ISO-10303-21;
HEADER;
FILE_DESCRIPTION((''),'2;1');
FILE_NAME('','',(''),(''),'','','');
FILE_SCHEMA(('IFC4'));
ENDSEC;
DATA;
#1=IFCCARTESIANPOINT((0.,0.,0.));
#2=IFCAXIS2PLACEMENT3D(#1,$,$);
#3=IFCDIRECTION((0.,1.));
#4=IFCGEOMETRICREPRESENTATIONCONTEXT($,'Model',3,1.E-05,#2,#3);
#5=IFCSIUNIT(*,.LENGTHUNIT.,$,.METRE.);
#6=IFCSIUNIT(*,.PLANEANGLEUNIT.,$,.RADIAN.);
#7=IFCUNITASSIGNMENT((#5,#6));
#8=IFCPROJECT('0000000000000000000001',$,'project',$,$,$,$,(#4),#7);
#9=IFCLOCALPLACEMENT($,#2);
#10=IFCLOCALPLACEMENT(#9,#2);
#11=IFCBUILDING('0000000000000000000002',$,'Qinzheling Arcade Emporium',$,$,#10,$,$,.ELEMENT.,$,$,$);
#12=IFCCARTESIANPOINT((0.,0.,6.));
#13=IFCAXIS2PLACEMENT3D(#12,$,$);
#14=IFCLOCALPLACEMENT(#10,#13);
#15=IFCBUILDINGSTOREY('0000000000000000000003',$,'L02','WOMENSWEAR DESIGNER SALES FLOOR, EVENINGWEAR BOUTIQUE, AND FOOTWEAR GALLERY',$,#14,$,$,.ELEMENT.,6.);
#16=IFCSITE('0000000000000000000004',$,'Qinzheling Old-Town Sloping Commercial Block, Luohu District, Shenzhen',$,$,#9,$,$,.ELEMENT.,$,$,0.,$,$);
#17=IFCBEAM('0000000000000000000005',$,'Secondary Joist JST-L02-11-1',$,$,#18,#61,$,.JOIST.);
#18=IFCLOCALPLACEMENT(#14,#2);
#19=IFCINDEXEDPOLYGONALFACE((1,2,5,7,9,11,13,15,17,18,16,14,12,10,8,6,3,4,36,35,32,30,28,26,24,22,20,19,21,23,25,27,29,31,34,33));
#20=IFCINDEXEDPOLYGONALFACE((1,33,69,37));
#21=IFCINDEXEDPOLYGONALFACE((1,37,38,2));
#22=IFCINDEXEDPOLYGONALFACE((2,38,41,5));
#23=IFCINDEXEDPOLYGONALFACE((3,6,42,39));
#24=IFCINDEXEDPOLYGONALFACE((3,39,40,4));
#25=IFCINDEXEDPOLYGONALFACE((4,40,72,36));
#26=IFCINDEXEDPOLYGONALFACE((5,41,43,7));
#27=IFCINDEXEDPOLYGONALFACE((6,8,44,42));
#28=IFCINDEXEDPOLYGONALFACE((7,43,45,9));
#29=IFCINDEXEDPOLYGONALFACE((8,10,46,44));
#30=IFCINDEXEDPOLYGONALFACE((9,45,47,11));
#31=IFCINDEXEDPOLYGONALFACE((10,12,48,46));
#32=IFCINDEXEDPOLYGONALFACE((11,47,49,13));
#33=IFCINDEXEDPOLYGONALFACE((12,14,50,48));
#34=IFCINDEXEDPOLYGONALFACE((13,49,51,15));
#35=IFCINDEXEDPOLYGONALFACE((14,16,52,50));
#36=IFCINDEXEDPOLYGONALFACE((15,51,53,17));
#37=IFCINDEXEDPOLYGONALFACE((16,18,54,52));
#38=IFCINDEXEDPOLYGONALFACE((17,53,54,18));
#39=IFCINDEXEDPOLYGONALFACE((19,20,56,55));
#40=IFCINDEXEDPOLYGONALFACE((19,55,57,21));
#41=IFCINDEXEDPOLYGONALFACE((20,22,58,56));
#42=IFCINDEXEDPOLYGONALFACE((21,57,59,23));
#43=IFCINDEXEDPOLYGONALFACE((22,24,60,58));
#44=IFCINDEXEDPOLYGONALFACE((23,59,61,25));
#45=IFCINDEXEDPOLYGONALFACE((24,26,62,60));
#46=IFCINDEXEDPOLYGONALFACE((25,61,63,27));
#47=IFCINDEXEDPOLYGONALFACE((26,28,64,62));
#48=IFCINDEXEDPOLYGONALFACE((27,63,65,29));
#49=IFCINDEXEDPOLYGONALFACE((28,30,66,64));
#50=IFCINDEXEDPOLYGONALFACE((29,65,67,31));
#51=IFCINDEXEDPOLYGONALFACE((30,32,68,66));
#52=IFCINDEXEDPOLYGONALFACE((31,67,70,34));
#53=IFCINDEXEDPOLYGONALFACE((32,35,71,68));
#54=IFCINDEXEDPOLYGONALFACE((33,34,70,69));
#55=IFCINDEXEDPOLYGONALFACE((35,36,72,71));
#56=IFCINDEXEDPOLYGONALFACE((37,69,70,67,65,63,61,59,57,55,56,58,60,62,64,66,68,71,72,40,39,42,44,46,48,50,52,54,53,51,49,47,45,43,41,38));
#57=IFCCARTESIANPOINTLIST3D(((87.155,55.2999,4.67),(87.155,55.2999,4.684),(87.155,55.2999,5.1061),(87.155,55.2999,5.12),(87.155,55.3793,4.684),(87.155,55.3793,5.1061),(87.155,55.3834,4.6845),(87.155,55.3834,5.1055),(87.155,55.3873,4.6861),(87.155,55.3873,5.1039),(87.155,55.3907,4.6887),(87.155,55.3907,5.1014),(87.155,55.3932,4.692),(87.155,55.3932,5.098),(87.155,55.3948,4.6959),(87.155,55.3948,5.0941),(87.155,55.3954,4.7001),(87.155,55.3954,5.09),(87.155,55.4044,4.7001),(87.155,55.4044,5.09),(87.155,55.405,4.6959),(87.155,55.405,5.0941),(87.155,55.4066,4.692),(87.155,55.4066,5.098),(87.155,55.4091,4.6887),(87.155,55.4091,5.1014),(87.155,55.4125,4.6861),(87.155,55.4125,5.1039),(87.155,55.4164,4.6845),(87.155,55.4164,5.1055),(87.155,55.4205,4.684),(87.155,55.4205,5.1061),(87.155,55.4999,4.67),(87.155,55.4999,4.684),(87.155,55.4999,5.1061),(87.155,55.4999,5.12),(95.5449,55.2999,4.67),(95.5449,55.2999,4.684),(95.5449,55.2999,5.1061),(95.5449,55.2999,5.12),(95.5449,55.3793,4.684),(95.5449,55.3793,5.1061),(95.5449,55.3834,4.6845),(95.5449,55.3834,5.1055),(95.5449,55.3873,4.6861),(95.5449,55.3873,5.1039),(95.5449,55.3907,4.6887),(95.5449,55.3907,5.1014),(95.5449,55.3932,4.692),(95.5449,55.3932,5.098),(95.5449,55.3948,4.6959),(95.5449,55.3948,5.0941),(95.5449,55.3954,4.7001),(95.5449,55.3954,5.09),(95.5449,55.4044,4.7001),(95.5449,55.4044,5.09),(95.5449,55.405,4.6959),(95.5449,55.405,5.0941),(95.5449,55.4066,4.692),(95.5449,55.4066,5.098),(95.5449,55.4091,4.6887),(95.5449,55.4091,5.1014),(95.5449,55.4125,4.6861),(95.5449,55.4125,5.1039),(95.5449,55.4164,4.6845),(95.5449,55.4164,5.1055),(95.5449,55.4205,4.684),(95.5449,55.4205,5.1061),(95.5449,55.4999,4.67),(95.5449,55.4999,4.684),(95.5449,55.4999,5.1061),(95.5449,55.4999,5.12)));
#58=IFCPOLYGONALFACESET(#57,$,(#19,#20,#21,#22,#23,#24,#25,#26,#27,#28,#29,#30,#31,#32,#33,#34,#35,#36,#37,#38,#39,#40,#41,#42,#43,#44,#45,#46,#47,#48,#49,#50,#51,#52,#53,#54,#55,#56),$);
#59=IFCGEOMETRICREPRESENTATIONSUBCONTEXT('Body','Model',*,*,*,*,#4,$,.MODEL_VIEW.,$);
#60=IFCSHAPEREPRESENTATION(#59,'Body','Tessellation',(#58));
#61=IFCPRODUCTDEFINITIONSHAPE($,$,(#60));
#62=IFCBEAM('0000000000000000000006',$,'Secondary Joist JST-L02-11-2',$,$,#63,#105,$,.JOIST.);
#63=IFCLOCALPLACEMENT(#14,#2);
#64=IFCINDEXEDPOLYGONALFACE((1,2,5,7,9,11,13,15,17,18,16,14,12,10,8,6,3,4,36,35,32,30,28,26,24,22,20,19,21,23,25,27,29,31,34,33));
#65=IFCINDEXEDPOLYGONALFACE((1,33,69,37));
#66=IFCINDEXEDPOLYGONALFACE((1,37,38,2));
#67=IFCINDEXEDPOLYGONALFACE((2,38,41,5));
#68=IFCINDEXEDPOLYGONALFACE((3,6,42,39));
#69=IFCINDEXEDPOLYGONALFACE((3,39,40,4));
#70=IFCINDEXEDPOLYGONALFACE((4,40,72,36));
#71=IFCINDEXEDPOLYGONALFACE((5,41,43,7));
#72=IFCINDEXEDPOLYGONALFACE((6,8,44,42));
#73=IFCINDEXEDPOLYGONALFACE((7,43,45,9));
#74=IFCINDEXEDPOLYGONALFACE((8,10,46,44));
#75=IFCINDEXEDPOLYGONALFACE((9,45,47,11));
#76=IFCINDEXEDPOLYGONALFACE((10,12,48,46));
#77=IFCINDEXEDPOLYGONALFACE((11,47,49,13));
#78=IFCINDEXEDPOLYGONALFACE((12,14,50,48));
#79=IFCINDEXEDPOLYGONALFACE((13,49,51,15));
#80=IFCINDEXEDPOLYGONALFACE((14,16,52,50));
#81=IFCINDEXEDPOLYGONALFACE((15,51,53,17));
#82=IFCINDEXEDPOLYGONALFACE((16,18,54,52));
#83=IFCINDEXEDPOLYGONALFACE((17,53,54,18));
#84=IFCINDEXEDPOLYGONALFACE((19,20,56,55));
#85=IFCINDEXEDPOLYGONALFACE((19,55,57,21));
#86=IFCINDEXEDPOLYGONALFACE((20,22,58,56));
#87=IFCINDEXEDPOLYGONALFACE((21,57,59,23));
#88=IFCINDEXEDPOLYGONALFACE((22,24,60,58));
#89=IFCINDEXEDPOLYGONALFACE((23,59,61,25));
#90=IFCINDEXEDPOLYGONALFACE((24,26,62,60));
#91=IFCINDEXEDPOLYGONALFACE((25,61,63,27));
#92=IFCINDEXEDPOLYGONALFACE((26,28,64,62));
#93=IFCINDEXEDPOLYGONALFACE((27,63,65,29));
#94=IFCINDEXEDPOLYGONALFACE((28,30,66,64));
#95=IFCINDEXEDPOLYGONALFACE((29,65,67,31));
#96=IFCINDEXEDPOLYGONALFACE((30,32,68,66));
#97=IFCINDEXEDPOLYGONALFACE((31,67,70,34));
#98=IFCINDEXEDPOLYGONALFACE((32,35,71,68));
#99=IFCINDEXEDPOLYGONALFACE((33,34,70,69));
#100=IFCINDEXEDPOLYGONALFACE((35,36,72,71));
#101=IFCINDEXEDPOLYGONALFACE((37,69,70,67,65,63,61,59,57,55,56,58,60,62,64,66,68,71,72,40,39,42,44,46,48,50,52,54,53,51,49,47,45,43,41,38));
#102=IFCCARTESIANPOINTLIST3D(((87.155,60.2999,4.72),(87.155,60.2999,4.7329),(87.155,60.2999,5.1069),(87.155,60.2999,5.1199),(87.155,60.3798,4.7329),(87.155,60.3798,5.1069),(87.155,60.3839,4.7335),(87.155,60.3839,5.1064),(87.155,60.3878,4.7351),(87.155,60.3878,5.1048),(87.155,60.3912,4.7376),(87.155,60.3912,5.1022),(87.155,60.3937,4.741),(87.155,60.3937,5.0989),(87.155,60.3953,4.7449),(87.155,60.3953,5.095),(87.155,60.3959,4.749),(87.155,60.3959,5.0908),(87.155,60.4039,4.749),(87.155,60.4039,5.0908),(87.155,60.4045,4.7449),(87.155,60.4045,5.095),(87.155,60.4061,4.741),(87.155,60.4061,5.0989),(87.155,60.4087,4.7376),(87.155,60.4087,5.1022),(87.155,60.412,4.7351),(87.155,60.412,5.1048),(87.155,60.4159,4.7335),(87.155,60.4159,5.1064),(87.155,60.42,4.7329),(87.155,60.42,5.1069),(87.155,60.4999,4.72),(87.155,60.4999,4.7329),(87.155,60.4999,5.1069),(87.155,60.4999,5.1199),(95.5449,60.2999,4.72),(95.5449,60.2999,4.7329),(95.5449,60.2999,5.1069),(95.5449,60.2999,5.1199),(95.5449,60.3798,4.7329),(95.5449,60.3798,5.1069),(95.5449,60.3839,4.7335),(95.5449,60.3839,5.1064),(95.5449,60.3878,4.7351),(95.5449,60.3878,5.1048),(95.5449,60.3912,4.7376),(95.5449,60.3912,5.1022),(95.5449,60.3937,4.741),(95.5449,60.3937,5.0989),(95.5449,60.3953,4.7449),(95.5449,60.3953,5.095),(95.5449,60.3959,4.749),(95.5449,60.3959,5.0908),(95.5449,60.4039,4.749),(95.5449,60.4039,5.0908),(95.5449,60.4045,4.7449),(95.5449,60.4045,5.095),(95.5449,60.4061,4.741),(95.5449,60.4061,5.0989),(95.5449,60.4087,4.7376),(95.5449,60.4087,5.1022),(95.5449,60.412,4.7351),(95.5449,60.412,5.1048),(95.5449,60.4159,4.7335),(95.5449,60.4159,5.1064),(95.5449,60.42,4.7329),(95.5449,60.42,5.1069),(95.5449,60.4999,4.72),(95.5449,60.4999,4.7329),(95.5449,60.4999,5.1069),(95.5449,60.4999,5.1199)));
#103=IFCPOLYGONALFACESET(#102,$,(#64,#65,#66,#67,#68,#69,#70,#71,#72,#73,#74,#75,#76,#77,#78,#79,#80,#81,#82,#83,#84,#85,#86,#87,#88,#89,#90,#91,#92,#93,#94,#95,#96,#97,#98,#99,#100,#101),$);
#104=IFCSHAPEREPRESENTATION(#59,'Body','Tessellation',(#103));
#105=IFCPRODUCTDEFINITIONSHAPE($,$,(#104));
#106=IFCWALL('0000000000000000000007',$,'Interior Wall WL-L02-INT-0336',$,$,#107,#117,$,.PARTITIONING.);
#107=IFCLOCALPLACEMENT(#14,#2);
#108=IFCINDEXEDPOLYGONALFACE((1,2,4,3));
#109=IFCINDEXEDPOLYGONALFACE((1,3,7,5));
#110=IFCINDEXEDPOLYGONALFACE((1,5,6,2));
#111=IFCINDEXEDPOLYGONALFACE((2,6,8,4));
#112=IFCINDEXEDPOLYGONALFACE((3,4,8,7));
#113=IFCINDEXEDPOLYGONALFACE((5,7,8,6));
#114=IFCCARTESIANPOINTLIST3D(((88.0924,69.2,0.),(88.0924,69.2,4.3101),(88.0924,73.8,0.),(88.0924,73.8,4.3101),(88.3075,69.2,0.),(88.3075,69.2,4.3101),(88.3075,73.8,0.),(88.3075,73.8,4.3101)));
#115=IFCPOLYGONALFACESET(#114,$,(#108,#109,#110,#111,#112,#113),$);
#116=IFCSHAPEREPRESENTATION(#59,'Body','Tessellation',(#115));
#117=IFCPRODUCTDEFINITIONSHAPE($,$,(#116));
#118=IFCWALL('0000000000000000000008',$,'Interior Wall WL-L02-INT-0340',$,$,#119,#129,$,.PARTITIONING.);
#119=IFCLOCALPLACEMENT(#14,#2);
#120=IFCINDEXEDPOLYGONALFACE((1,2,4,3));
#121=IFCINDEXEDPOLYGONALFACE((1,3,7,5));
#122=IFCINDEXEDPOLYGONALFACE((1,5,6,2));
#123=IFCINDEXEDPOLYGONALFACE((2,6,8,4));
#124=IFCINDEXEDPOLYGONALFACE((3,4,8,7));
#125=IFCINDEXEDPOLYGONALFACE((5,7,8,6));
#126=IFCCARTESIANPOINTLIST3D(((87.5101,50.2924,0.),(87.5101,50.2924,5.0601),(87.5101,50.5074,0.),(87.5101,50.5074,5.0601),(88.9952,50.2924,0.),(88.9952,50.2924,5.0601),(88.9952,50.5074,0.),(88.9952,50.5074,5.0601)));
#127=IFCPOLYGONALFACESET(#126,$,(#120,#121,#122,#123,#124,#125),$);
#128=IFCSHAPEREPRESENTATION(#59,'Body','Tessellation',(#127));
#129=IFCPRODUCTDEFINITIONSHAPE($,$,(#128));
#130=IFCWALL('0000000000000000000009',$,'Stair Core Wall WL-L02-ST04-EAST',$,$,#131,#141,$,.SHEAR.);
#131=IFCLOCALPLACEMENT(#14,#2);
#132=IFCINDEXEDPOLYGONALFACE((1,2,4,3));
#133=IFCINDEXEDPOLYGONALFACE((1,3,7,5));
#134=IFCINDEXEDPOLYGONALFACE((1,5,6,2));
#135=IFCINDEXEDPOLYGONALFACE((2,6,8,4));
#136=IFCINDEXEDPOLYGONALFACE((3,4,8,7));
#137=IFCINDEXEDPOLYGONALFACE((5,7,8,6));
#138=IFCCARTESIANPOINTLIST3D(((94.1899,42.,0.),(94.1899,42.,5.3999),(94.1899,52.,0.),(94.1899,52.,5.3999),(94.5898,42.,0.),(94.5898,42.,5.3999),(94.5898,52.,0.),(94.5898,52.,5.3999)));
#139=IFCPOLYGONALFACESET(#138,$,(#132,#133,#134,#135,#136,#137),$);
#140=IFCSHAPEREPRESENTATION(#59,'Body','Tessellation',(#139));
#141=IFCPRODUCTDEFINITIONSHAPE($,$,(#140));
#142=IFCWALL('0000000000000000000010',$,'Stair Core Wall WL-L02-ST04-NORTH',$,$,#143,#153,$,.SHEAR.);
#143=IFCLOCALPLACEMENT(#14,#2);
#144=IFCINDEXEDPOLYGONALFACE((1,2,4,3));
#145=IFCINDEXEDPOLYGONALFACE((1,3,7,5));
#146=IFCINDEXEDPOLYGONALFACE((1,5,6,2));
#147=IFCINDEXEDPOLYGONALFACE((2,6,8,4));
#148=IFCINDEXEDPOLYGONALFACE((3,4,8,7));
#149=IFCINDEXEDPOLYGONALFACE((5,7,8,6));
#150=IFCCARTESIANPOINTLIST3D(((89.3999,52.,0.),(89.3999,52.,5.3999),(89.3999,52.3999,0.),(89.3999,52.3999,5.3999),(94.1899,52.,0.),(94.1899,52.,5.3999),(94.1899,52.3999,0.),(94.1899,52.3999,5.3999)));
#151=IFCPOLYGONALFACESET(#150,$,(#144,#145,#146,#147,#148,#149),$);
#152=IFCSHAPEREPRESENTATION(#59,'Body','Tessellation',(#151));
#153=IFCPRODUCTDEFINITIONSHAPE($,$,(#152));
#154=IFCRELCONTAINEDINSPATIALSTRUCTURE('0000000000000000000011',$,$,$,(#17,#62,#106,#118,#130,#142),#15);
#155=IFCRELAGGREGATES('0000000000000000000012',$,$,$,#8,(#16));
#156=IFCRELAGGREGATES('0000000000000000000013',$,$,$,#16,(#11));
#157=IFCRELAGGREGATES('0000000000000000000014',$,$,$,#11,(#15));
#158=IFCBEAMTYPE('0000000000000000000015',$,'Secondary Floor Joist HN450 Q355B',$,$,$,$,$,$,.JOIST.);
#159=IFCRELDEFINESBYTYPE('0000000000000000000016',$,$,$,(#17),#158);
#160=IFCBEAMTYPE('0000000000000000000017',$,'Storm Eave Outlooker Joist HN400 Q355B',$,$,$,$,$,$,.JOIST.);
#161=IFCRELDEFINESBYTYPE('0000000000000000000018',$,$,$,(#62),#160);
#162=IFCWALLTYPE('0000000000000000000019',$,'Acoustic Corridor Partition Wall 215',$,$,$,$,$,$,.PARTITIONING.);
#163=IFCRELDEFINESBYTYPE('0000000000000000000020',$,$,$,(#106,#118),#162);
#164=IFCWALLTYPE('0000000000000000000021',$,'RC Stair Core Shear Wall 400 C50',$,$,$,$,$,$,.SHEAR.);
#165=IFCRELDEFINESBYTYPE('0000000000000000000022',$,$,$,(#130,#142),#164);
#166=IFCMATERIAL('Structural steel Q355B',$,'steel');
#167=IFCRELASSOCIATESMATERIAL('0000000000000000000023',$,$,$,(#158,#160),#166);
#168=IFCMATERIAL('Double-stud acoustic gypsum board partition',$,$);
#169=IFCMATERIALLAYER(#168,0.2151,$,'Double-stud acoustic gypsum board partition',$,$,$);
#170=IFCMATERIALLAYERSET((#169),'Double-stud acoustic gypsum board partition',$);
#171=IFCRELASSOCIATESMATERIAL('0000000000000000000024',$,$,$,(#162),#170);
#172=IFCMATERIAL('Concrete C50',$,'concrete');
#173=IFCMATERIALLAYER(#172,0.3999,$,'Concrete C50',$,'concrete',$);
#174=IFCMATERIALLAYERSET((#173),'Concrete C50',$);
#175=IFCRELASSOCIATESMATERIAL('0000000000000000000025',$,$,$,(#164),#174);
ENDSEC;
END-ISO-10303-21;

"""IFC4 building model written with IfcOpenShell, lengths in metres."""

from ifc_helpers import new_model, si_unit, direction, frame, frame_2d, origin, origin_2d, place, context, subcontext, project, spatial, rectangle, i_section, extrude, material, layer, layer_set, material_profile, profile_set, type_object, element, save


model = new_model("IFC4")

# Units and contexts
model_context = context("Model", 3, precision=1e-05, world=origin(), true_north=direction((0.0, 1.0)))
body_context = subcontext(model_context, "Body", "Model", "MODEL_VIEW")
ifc_project = project(units=[si_unit("LENGTHUNIT", "METRE"), si_unit("PLANEANGLEUNIT", "RADIAN")], contexts=[model_context])

# Site, building, storey
site_placement = place(None, origin())
site = spatial("IfcSite", under=ifc_project, at=site_placement, Name="Qinzheling Old-Town Sloping Commercial Block, Luohu District, Shenzhen", CompositionType="ELEMENT", RefElevation=0.0)
building_placement = place(site_placement, origin())
building = spatial("IfcBuilding", under=site, at=building_placement, Name="Qinzheling Arcade Emporium", CompositionType="ELEMENT")
storey_placement = place(building_placement, frame((0.0, 0.0, 6.0)))
storey = spatial("IfcBuildingStorey", under=building, at=storey_placement, Name="L02", Description="WOMENSWEAR DESIGNER SALES FLOOR, EVENINGWEAR BOUTIQUE, AND FOOTWEAR GALLERY", CompositionType="ELEMENT", Elevation=6.0)

# Shared definitions
ifc_material_1 = material(Name="Concrete C50", Category="concrete")

# Beams
ifc_material_2 = material(Name="Structural steel Q355B", Category="steel")
ifc_material_profile_1 = material_profile(ifc_material_2, i_section(OverallWidth=0.2, OverallDepth=0.45, WebThickness=0.009, FlangeThickness=0.0139, FilletRadius=0.0161, at=origin_2d()), Name="HN 450x200x9x14", Category="steel")
ifc_profile_set_1 = profile_set([ifc_material_profile_1], Name="Structural steel Q355B")
beam_type_1 = type_object("IfcBeamType", Name="Secondary Floor Joist HN450 Q355B", PredefinedType="JOIST", material=ifc_profile_set_1)
beam_1_placement = place(storey_placement, frame((87.155, 55.3999, 4.895), z_axis=(1.0, 0.0, 0.0), x_axis=(0.0, 1.0, 0.0)))
element("IfcBeam", 1, at=beam_1_placement, inside=storey, type_object=beam_type_1, Name="Secondary Joist JST-L02-11-1", PredefinedType="JOIST", context=body_context, shape_type="SweptSolid", body=[
    extrude(i_section(OverallWidth=0.2, OverallDepth=0.45, WebThickness=0.009, FlangeThickness=0.0139, FilletRadius=0.0161, at=origin_2d()), origin(), (0.0, 0.0, 1.0), 8.3899),
])
ifc_material_profile_2 = material_profile(ifc_material_2, i_section(OverallWidth=0.2, OverallDepth=0.3999, WebThickness=0.0081, FlangeThickness=0.0129, FilletRadius=0.0161, at=origin_2d()), Name="HN 400x200x8x13", Category="steel")
ifc_profile_set_2 = profile_set([ifc_material_profile_2], Name="Structural steel Q355B")
beam_type_2 = type_object("IfcBeamType", Name="Storm Eave Outlooker Joist HN400 Q355B", PredefinedType="JOIST", material=ifc_profile_set_2)
beam_2_placement = place(storey_placement, frame((87.155, 60.3999, 4.9199), z_axis=(1.0, 0.0, 0.0), x_axis=(0.0, 1.0, 0.0)))
element("IfcBeam", 2, at=beam_2_placement, inside=storey, type_object=beam_type_2, Name="Secondary Joist JST-L02-11-2", PredefinedType="JOIST", context=body_context, shape_type="SweptSolid", body=[
    extrude(i_section(OverallWidth=0.2, OverallDepth=0.3999, WebThickness=0.0081, FlangeThickness=0.0129, FilletRadius=0.0161, at=origin_2d()), origin(), (0.0, 0.0, 1.0), 8.3899),
])

# Walls
ifc_material_3 = material(Name="Double-stud acoustic gypsum board partition")
ifc_layer_1 = layer(ifc_material_3, 0.2151, Name="Double-stud acoustic gypsum board partition")
ifc_layer_set_1 = layer_set([ifc_layer_1], Name="Double-stud acoustic gypsum board partition")
wall_type_1 = type_object("IfcWallType", Name="Acoustic Corridor Partition Wall 215", PredefinedType="PARTITIONING", material=ifc_layer_set_1)
wall_1_placement = place(storey_placement, frame((88.2, 69.2, 0.0), z_axis=(0.0, 0.0, 1.0), x_axis=(0.0, 1.0, 0.0)))
element("IfcWall", 3, at=wall_1_placement, inside=storey, type_object=wall_type_1, Name="Interior Wall WL-L02-INT-0336", PredefinedType="PARTITIONING", context=body_context, shape_type="SweptSolid", body=[
    extrude(rectangle(XDim=4.6001, YDim=0.2151, at=frame_2d((2.3, 0.0))), origin(), (0.0, 0.0, 1.0), 4.3101),
])
wall_2_placement = place(storey_placement, frame((87.51, 50.3999, 0.0), z_axis=(0.0, 0.0, 1.0), x_axis=(1.0, 0.0, 0.0)))
element("IfcWall", 4, at=wall_2_placement, inside=storey, type_object=wall_type_1, Name="Interior Wall WL-L02-INT-0340", PredefinedType="PARTITIONING", context=body_context, shape_type="SweptSolid", body=[
    extrude(rectangle(XDim=1.4851, YDim=0.2151, at=frame_2d((0.7427, 0.0))), origin(), (0.0, 0.0, 1.0), 5.0601),
])
ifc_layer_2 = layer(ifc_material_1, 0.3999, Name="Concrete C50", Category="concrete")
ifc_layer_set_2 = layer_set([ifc_layer_2], Name="Concrete C50")
wall_type_2 = type_object("IfcWallType", Name="RC Stair Core Shear Wall 400 C50", PredefinedType="SHEAR", material=ifc_layer_set_2)
wall_3_placement = place(storey_placement, frame((94.3899, 52.0, 0.0), z_axis=(0.0, 0.0, 1.0), x_axis=(0.0, -1.0, 0.0)))
element("IfcWall", 5, at=wall_3_placement, inside=storey, type_object=wall_type_2, Name="Stair Core Wall WL-L02-ST04-EAST", PredefinedType="SHEAR", context=body_context, shape_type="SweptSolid", body=[
    extrude(rectangle(XDim=10.0, YDim=0.3999, at=frame_2d((5.0, 0.0))), origin(), (0.0, 0.0, 1.0), 5.3999),
])
wall_4_placement = place(storey_placement, frame((89.3999, 52.2, 0.0), z_axis=(0.0, 0.0, 1.0), x_axis=(1.0, 0.0, 0.0)))
element("IfcWall", 6, at=wall_4_placement, inside=storey, type_object=wall_type_2, Name="Stair Core Wall WL-L02-ST04-NORTH", PredefinedType="SHEAR", context=body_context, shape_type="SweptSolid", body=[
    extrude(rectangle(XDim=4.79, YDim=0.3999, at=frame_2d((2.395, 0.0))), origin(), (0.0, 0.0, 1.0), 5.3999),
])

save(model, "model.ifc")
